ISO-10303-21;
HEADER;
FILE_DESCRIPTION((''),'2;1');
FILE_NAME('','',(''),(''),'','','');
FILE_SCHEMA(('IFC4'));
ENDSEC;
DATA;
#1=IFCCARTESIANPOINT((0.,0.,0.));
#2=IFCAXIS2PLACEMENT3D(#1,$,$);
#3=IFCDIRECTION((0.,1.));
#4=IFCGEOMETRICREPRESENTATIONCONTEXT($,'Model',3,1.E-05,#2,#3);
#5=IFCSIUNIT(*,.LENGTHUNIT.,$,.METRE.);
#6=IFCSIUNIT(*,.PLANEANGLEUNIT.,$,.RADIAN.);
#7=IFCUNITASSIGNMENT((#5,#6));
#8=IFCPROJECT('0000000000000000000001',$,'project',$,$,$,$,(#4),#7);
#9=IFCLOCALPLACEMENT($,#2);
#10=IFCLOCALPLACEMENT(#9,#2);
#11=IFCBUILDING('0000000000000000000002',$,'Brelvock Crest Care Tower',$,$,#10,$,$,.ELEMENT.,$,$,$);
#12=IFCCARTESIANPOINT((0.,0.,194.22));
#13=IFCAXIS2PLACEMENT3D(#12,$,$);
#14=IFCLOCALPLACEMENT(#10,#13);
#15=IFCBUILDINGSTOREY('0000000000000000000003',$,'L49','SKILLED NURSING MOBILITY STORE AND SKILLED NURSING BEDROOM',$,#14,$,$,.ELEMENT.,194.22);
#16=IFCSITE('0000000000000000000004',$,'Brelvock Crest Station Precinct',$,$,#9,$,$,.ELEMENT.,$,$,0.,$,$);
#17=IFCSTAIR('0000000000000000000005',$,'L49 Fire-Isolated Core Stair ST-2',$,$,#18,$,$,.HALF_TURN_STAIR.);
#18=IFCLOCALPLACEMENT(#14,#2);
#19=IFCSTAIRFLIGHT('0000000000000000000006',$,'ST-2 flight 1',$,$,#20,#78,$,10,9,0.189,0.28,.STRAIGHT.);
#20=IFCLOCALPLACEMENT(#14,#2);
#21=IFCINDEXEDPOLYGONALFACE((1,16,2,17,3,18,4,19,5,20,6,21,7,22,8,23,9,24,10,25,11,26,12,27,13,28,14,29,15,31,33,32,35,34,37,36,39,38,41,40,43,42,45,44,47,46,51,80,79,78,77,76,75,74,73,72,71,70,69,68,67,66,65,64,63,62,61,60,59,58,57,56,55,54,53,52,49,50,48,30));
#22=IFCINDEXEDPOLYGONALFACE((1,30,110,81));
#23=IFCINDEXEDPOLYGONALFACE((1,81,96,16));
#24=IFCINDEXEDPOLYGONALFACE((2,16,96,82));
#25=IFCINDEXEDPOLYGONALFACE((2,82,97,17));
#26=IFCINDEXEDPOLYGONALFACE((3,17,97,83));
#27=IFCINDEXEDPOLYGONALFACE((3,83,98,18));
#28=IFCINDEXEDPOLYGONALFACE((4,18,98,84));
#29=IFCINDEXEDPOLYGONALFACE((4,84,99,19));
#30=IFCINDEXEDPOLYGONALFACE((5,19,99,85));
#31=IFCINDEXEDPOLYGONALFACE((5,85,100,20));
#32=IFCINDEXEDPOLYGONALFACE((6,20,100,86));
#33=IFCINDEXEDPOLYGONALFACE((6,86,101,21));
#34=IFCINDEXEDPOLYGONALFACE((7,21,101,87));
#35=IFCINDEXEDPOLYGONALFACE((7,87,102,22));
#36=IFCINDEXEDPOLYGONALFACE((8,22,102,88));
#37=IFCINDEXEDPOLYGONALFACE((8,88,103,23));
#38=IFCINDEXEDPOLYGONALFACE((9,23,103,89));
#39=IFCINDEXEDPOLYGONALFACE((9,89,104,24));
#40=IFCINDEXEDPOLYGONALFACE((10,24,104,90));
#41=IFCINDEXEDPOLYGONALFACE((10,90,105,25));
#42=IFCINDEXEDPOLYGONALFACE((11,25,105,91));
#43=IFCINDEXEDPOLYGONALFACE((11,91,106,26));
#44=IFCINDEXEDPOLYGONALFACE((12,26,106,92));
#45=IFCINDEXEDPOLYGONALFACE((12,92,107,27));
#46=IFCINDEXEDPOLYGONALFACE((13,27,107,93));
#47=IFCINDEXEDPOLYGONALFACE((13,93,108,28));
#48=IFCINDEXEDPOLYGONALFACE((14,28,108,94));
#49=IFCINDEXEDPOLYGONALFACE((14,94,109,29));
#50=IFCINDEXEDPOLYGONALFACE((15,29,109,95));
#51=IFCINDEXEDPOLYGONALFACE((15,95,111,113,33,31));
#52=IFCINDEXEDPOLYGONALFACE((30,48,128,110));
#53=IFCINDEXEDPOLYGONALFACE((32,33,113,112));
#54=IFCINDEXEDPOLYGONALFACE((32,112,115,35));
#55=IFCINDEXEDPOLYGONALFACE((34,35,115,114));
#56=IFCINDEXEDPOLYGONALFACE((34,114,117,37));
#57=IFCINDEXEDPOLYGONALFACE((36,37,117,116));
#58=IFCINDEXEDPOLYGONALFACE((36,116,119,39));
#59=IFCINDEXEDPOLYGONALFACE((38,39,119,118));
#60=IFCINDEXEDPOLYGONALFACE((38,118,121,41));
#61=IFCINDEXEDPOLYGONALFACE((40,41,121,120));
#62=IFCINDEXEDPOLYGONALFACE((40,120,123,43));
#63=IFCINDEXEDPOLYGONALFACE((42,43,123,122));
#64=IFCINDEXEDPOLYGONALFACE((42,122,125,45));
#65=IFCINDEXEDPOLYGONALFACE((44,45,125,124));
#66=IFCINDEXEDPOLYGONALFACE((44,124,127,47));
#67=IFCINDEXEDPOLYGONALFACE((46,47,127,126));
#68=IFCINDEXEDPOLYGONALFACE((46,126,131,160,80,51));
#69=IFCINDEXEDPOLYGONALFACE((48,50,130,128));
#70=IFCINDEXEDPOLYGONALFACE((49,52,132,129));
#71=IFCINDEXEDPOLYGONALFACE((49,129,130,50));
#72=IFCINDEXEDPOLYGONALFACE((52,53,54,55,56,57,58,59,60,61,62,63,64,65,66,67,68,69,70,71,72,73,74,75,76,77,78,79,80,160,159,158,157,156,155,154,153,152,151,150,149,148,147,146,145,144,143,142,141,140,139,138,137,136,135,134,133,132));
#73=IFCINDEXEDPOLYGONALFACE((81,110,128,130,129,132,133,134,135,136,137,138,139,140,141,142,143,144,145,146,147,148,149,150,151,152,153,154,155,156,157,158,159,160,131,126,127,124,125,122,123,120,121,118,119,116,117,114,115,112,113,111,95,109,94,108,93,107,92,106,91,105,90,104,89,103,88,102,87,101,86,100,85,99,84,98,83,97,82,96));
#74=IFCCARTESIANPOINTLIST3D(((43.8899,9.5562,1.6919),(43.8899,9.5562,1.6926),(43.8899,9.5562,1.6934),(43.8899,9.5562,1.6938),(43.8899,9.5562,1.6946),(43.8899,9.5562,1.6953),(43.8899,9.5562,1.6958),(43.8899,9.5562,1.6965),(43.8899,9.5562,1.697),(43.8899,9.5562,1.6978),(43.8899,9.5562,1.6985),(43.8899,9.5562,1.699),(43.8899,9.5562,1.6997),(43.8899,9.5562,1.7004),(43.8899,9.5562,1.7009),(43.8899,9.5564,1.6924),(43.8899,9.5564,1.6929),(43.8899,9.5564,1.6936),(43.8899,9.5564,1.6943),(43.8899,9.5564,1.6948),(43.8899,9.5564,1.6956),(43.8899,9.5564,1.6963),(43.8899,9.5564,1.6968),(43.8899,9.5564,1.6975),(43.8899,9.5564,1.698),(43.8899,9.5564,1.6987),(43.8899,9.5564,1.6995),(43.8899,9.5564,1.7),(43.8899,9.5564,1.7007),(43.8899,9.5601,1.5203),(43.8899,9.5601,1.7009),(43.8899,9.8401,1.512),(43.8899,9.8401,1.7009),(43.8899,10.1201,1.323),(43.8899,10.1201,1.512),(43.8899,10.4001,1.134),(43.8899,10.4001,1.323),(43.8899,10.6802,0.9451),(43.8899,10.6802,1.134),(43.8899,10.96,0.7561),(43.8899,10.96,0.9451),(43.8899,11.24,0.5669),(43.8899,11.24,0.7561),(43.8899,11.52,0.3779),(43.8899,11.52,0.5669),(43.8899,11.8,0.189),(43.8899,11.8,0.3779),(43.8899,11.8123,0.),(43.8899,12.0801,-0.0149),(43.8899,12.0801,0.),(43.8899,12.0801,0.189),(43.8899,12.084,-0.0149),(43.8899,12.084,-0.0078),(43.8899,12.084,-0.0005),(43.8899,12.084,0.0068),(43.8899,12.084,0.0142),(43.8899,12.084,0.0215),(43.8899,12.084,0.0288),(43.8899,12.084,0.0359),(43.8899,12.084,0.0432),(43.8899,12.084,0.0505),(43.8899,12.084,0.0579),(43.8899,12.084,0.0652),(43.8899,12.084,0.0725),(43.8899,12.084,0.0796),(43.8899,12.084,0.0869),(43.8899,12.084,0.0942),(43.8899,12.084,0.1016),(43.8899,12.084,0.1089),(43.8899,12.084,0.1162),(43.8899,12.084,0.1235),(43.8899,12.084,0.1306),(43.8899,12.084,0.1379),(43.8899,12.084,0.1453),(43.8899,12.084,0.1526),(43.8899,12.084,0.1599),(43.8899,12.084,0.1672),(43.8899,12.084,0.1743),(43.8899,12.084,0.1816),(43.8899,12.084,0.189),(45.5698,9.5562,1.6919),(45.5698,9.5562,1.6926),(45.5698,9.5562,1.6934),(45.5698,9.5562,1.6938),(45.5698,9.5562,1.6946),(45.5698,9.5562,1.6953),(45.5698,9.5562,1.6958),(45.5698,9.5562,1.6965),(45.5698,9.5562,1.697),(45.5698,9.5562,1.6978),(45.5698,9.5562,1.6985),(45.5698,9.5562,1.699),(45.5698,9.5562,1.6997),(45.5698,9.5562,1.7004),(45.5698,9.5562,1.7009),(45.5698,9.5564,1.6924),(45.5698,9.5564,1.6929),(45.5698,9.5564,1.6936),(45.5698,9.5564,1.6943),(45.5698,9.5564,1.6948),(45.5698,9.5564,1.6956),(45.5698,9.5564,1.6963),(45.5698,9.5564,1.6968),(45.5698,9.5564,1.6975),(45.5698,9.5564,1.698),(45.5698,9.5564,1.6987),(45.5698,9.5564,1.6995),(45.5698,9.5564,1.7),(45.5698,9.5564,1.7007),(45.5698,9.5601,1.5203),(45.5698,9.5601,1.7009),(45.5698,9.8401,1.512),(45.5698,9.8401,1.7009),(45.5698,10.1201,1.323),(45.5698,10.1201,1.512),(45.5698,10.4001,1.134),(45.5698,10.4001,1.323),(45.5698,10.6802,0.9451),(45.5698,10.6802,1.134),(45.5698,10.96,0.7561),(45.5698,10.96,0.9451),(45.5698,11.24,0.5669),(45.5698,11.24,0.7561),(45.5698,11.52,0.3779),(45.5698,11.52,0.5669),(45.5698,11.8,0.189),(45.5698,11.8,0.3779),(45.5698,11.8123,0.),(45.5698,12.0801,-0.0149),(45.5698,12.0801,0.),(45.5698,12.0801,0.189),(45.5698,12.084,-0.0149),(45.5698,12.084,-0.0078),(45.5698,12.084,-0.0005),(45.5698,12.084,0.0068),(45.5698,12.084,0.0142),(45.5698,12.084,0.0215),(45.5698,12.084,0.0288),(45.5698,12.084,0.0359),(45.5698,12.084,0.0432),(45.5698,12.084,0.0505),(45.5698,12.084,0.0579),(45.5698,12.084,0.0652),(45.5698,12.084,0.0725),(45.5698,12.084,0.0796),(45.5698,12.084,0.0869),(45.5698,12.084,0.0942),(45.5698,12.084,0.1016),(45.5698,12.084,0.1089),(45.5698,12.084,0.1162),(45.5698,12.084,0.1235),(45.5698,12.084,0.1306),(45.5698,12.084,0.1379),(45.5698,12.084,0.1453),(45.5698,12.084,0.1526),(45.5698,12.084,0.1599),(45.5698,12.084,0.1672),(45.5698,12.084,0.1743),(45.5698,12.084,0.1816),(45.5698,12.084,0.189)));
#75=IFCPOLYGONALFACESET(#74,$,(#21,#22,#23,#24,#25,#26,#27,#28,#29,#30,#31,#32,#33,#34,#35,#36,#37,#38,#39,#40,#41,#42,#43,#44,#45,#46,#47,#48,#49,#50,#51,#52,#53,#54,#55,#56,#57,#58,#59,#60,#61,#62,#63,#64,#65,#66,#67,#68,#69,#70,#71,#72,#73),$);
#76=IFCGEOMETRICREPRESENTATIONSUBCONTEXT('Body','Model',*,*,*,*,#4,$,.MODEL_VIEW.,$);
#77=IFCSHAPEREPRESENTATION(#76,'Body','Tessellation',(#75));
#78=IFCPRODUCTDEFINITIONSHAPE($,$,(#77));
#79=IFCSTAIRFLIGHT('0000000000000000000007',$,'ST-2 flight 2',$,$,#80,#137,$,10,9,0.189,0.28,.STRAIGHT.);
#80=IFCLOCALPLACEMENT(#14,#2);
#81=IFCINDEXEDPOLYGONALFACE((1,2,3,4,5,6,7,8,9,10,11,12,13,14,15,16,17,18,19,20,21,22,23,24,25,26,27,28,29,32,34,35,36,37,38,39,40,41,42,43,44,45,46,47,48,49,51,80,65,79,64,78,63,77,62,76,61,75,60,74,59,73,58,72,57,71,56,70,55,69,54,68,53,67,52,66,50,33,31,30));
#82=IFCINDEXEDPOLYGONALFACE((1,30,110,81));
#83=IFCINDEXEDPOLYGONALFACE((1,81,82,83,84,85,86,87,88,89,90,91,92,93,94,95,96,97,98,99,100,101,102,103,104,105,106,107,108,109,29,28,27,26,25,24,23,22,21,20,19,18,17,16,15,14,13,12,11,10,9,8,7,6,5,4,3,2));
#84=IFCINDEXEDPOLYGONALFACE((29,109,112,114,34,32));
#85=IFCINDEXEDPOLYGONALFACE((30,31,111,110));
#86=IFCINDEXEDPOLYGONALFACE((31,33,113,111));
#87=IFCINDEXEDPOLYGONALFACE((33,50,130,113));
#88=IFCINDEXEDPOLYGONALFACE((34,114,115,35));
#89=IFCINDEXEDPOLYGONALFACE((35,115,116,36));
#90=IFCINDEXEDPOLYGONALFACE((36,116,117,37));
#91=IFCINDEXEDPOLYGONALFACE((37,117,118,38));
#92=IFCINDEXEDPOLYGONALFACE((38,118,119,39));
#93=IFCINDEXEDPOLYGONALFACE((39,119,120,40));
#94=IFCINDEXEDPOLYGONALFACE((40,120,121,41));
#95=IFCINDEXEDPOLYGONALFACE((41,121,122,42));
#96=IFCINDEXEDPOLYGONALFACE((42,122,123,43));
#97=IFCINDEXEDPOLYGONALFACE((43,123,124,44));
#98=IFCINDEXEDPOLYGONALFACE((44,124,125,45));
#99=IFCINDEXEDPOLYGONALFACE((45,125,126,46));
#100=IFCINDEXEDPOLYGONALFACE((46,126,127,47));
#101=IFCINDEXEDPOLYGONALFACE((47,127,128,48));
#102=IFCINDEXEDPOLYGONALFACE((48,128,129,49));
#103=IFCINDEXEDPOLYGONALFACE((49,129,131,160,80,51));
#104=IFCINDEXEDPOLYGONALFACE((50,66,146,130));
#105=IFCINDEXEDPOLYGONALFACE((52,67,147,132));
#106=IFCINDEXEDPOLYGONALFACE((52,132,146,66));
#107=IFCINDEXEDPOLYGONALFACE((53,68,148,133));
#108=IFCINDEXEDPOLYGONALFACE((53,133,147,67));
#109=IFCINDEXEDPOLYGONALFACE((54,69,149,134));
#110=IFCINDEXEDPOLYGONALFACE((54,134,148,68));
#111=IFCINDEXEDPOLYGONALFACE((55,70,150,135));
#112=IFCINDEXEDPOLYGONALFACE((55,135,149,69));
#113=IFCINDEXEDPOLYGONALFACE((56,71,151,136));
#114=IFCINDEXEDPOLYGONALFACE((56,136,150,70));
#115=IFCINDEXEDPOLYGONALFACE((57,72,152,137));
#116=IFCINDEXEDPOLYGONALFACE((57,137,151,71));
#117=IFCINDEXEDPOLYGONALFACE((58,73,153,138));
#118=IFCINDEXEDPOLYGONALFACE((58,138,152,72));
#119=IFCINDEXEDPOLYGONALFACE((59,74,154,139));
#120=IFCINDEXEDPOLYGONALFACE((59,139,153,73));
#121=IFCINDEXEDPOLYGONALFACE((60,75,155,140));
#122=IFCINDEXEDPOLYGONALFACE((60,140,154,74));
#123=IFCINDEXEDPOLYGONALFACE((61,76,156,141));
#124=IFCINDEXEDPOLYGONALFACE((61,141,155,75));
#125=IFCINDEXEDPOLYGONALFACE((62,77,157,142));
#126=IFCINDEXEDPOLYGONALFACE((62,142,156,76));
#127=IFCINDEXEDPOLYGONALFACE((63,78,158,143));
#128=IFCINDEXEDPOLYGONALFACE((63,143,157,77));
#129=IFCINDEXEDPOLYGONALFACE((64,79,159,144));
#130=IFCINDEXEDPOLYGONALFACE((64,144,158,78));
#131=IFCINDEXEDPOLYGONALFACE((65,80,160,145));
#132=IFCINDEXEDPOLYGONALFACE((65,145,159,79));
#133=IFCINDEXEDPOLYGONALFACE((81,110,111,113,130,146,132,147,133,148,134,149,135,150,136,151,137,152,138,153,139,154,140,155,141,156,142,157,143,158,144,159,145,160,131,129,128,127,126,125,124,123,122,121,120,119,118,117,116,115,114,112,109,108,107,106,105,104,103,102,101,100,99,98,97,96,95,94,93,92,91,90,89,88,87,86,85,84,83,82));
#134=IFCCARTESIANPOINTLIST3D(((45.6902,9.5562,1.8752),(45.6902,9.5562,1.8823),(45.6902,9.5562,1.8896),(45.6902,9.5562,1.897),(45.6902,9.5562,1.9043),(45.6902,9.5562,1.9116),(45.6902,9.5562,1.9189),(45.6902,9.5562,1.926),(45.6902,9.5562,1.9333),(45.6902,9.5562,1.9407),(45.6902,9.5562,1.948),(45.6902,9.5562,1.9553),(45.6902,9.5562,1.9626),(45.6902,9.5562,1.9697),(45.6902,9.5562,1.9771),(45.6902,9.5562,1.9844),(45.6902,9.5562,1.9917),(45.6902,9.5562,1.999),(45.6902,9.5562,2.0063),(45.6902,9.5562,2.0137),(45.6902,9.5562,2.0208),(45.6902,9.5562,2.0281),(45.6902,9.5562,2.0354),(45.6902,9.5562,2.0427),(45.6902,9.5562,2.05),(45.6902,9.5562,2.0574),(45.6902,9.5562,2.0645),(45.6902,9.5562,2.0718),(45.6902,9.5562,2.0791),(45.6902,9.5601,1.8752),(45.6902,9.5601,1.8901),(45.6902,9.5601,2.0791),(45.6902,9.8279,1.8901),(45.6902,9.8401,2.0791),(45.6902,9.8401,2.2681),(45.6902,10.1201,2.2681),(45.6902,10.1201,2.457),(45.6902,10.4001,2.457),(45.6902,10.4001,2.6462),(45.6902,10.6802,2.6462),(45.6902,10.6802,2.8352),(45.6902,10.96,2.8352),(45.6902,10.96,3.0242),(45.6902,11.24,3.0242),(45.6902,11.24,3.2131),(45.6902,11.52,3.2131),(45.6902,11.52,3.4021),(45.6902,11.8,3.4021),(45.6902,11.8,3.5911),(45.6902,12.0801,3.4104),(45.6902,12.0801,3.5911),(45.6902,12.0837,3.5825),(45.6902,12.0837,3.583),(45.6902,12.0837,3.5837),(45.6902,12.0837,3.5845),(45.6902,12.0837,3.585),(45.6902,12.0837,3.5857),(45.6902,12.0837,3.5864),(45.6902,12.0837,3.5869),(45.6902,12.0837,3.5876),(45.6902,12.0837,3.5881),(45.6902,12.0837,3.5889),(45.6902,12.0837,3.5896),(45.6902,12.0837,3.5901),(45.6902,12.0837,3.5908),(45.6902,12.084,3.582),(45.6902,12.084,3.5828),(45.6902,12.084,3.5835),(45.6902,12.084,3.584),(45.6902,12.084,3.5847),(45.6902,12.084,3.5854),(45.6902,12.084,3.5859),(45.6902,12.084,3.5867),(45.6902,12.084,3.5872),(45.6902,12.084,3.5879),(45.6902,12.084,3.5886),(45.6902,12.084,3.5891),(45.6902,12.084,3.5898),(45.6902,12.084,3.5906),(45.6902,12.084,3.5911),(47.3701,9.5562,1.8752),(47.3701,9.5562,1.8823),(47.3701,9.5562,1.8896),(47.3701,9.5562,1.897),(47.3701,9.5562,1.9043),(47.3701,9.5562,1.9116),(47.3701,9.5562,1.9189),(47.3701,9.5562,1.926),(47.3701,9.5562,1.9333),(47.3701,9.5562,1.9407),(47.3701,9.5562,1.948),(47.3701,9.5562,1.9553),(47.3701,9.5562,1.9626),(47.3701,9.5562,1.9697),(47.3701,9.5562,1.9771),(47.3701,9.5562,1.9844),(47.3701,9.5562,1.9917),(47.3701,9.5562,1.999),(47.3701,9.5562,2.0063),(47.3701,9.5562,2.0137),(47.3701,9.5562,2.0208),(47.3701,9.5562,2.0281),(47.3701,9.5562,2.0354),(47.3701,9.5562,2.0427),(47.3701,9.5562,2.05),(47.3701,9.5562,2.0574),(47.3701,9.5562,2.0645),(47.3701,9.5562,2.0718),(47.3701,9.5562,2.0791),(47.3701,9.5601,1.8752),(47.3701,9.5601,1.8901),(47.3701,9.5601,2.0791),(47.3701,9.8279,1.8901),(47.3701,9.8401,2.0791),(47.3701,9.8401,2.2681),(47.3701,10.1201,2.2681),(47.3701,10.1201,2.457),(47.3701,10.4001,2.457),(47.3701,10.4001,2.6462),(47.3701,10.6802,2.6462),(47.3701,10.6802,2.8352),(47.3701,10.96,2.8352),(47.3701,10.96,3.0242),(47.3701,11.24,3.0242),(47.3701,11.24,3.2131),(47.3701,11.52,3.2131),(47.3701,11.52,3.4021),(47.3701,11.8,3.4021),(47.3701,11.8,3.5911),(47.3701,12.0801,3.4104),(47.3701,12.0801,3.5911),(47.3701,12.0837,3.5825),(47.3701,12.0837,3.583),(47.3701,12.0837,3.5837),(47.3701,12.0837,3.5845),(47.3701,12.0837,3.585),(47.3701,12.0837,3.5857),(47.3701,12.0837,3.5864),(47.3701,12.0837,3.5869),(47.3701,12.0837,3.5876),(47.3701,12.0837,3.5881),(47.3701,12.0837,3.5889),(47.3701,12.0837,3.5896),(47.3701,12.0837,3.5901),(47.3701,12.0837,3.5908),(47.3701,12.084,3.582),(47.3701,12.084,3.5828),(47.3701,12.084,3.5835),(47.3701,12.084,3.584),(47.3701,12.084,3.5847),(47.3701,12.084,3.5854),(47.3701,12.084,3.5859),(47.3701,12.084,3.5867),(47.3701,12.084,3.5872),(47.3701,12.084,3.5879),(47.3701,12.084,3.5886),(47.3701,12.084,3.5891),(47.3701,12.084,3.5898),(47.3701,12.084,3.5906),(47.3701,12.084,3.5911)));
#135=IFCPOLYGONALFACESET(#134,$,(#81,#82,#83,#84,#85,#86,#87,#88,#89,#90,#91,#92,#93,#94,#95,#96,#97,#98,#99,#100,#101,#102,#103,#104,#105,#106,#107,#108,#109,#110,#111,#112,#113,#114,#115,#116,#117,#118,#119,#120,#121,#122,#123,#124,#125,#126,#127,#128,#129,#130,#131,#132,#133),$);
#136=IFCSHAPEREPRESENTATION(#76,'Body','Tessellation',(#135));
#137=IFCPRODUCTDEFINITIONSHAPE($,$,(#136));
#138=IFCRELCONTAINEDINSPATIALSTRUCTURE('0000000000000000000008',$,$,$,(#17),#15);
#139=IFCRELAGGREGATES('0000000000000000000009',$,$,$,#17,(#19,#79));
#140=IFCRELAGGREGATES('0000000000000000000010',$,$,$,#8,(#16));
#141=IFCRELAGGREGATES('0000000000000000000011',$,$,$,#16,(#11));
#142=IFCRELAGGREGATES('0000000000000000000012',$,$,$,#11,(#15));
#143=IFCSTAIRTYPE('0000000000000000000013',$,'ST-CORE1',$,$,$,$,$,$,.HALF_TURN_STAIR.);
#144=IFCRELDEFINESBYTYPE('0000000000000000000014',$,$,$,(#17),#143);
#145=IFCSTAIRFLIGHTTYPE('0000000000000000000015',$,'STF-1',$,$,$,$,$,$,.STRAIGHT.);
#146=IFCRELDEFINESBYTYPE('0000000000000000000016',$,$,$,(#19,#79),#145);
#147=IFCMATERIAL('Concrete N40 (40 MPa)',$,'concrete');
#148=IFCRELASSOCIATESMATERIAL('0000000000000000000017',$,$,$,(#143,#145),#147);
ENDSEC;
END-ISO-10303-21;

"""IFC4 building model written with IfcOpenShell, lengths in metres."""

from ifc_helpers import new_model, si_unit, direction, frame, origin, place, context, subcontext, project, spatial, polyline, outline, extrude, material, type_object, element, aggregate, save


model = new_model("IFC4")

# Units and contexts
model_context = context("Model", 3, precision=1e-05, world=origin(), true_north=direction((0.0, 1.0)))
body_context = subcontext(model_context, "Body", "Model", "MODEL_VIEW")
ifc_project = project(units=[si_unit("LENGTHUNIT", "METRE"), si_unit("PLANEANGLEUNIT", "RADIAN")], contexts=[model_context])

# Site, building, storey
site_placement = place(None, origin())
site = spatial("IfcSite", under=ifc_project, at=site_placement, Name="Brelvock Crest Station Precinct", CompositionType="ELEMENT", RefElevation=0.0)
building_placement = place(site_placement, origin())
building = spatial("IfcBuilding", under=site, at=building_placement, Name="Brelvock Crest Care Tower", CompositionType="ELEMENT")
storey_placement = place(building_placement, frame((0.0, 0.0, 194.22)))
storey = spatial("IfcBuildingStorey", under=building, at=storey_placement, Name="L49", Description="SKILLED NURSING MOBILITY STORE AND SKILLED NURSING BEDROOM", CompositionType="ELEMENT", Elevation=194.22)

# Stair, stair flights
ifc_material_1 = material(Name="Concrete N40 (40 MPa)", Category="concrete")
stair_type = type_object("IfcStairType", Name="ST-CORE1", PredefinedType="HALF_TURN_STAIR", material=ifc_material_1)
stair_placement = place(storey_placement, origin())
stair = element("IfcStair", 1, at=stair_placement, inside=storey, type_object=stair_type, Name="L49 Fire-Isolated Core Stair ST-2", PredefinedType="HALF_TURN_STAIR")
stair_flight_type = type_object("IfcStairFlightType", Name="STF-1", PredefinedType="STRAIGHT", material=ifc_material_1)
stair_flight_1_placement = place(storey_placement, frame((44.73, 12.0801, 0.0), z_axis=(0.0, 0.0, 1.0), x_axis=(0.0, -1.0, 0.0)))
stair_flight_1 = element("IfcStairFlight", 2, at=stair_flight_1_placement, type_object=stair_flight_type, Name="ST-2 flight 1", NumberOfRisers=10, NumberOfTreads=9, PredefinedType="STRAIGHT", RiserHeight=0.189, TreadLength=0.28, context=body_context, shape_type="SweptSolid", body=[
    extrude(outline(polyline([(-0.0039, -0.0149), (-0.0039, -0.0078), (-0.0039, -0.0005), (-0.0039, 0.0068), (-0.0039, 0.0142), (-0.0039, 0.0215), (-0.0039, 0.0288), (-0.0039, 0.0359), (-0.0039, 0.0432), (-0.0039, 0.0505), (-0.0039, 0.0579), (-0.0039, 0.0652), (-0.0039, 0.0725), (-0.0039, 0.0796), (-0.0039, 0.0869), (-0.0039, 0.0942), (-0.0039, 0.1016), (-0.0039, 0.1089), (-0.0039, 0.1162), (-0.0039, 0.1235), (-0.0039, 0.1306), (-0.0039, 0.1379), (-0.0039, 0.1453), (-0.0039, 0.1526), (-0.0039, 0.1599), (-0.0039, 0.1672), (-0.0039, 0.1743), (-0.0039, 0.1816), (-0.0039, 0.189), (0.0, 0.189), (0.28, 0.189), (0.28, 0.3779), (0.5601, 0.3779), (0.5601, 0.5669), (0.8401, 0.5669), (0.8401, 0.7561), (1.1201, 0.7561), (1.1201, 0.9451), (1.3999, 0.9451), (1.3999, 1.134), (1.6799, 1.134), (1.6799, 1.323), (1.96, 1.323), (1.96, 1.512), (2.24, 1.512), (2.24, 1.7009), (2.52, 1.7009), (2.5239, 1.7009), (2.5237, 1.7007), (2.5239, 1.7004), (2.5237, 1.7), (2.5239, 1.6997), (2.5237, 1.6995), (2.5239, 1.699), (2.5237, 1.6987), (2.5239, 1.6985), (2.5237, 1.698), (2.5239, 1.6978), (2.5237, 1.6975), (2.5239, 1.697), (2.5237, 1.6968), (2.5239, 1.6965), (2.5237, 1.6963), (2.5239, 1.6958), (2.5237, 1.6956), (2.5239, 1.6953), (2.5237, 1.6948), (2.5239, 1.6946), (2.5237, 1.6943), (2.5239, 1.6938), (2.5237, 1.6936), (2.5239, 1.6934), (2.5237, 1.6929), (2.5239, 1.6926), (2.5237, 1.6924), (2.5239, 1.6919), (2.52, 1.5203), (0.2678, 0.0), (0.0, 0.0), (0.0, -0.0149), (-0.0039, -0.0149)])), frame((0.0, 0.8398, 0.0), z_axis=(0.0, -1.0, 0.0), x_axis=(1.0, 0.0, 0.0)), (0.0, 0.0, 1.0), 1.6799),
])
stair_flight_2_placement = place(storey_placement, frame((46.53, 9.5601, 1.8901), z_axis=(0.0, 0.0, 1.0), x_axis=(0.0, 1.0, 0.0)))
stair_flight_2 = element("IfcStairFlight", 3, at=stair_flight_2_placement, type_object=stair_flight_type, Name="ST-2 flight 2", NumberOfRisers=10, NumberOfTreads=9, PredefinedType="STRAIGHT", RiserHeight=0.189, TreadLength=0.28, context=body_context, shape_type="SweptSolid", body=[
    extrude(outline(polyline([(-0.0039, -0.0149), (-0.0039, -0.0078), (-0.0039, -0.0005), (-0.0039, 0.0068), (-0.0039, 0.0142), (-0.0039, 0.0215), (-0.0039, 0.0288), (-0.0039, 0.0359), (-0.0039, 0.0432), (-0.0039, 0.0505), (-0.0039, 0.0579), (-0.0039, 0.0652), (-0.0039, 0.0725), (-0.0039, 0.0796), (-0.0039, 0.0869), (-0.0039, 0.0942), (-0.0039, 0.1016), (-0.0039, 0.1089), (-0.0039, 0.1162), (-0.0039, 0.1235), (-0.0039, 0.1306), (-0.0039, 0.1379), (-0.0039, 0.1453), (-0.0039, 0.1526), (-0.0039, 0.1599), (-0.0039, 0.1672), (-0.0039, 0.1743), (-0.0039, 0.1816), (-0.0039, 0.189), (0.0, 0.189), (0.28, 0.189), (0.28, 0.3779), (0.5601, 0.3779), (0.5601, 0.5669), (0.8401, 0.5669), (0.8401, 0.7561), (1.1201, 0.7561), (1.1201, 0.9451), (1.3999, 0.9451), (1.3999, 1.134), (1.6799, 1.134), (1.6799, 1.323), (1.96, 1.323), (1.96, 1.512), (2.24, 1.512), (2.24, 1.7009), (2.52, 1.7009), (2.5239, 1.7009), (2.5237, 1.7007), (2.5239, 1.7004), (2.5237, 1.7), (2.5239, 1.6997), (2.5237, 1.6995), (2.5239, 1.699), (2.5237, 1.6987), (2.5239, 1.6985), (2.5237, 1.698), (2.5239, 1.6978), (2.5237, 1.6975), (2.5239, 1.697), (2.5237, 1.6968), (2.5239, 1.6965), (2.5237, 1.6963), (2.5239, 1.6958), (2.5237, 1.6956), (2.5239, 1.6953), (2.5237, 1.6948), (2.5239, 1.6946), (2.5237, 1.6943), (2.5239, 1.6938), (2.5237, 1.6936), (2.5239, 1.6934), (2.5237, 1.6929), (2.5239, 1.6926), (2.5237, 1.6924), (2.5239, 1.6919), (2.52, 1.5203), (0.2678, 0.0), (0.0, 0.0), (0.0, -0.0149), (-0.0039, -0.0149)])), frame((0.0, 0.8398, 0.0), z_axis=(0.0, -1.0, 0.0), x_axis=(1.0, 0.0, 0.0)), (0.0, 0.0, 1.0), 1.6799),
])
aggregate(stair, [stair_flight_1, stair_flight_2])

save(model, "model.ifc")
